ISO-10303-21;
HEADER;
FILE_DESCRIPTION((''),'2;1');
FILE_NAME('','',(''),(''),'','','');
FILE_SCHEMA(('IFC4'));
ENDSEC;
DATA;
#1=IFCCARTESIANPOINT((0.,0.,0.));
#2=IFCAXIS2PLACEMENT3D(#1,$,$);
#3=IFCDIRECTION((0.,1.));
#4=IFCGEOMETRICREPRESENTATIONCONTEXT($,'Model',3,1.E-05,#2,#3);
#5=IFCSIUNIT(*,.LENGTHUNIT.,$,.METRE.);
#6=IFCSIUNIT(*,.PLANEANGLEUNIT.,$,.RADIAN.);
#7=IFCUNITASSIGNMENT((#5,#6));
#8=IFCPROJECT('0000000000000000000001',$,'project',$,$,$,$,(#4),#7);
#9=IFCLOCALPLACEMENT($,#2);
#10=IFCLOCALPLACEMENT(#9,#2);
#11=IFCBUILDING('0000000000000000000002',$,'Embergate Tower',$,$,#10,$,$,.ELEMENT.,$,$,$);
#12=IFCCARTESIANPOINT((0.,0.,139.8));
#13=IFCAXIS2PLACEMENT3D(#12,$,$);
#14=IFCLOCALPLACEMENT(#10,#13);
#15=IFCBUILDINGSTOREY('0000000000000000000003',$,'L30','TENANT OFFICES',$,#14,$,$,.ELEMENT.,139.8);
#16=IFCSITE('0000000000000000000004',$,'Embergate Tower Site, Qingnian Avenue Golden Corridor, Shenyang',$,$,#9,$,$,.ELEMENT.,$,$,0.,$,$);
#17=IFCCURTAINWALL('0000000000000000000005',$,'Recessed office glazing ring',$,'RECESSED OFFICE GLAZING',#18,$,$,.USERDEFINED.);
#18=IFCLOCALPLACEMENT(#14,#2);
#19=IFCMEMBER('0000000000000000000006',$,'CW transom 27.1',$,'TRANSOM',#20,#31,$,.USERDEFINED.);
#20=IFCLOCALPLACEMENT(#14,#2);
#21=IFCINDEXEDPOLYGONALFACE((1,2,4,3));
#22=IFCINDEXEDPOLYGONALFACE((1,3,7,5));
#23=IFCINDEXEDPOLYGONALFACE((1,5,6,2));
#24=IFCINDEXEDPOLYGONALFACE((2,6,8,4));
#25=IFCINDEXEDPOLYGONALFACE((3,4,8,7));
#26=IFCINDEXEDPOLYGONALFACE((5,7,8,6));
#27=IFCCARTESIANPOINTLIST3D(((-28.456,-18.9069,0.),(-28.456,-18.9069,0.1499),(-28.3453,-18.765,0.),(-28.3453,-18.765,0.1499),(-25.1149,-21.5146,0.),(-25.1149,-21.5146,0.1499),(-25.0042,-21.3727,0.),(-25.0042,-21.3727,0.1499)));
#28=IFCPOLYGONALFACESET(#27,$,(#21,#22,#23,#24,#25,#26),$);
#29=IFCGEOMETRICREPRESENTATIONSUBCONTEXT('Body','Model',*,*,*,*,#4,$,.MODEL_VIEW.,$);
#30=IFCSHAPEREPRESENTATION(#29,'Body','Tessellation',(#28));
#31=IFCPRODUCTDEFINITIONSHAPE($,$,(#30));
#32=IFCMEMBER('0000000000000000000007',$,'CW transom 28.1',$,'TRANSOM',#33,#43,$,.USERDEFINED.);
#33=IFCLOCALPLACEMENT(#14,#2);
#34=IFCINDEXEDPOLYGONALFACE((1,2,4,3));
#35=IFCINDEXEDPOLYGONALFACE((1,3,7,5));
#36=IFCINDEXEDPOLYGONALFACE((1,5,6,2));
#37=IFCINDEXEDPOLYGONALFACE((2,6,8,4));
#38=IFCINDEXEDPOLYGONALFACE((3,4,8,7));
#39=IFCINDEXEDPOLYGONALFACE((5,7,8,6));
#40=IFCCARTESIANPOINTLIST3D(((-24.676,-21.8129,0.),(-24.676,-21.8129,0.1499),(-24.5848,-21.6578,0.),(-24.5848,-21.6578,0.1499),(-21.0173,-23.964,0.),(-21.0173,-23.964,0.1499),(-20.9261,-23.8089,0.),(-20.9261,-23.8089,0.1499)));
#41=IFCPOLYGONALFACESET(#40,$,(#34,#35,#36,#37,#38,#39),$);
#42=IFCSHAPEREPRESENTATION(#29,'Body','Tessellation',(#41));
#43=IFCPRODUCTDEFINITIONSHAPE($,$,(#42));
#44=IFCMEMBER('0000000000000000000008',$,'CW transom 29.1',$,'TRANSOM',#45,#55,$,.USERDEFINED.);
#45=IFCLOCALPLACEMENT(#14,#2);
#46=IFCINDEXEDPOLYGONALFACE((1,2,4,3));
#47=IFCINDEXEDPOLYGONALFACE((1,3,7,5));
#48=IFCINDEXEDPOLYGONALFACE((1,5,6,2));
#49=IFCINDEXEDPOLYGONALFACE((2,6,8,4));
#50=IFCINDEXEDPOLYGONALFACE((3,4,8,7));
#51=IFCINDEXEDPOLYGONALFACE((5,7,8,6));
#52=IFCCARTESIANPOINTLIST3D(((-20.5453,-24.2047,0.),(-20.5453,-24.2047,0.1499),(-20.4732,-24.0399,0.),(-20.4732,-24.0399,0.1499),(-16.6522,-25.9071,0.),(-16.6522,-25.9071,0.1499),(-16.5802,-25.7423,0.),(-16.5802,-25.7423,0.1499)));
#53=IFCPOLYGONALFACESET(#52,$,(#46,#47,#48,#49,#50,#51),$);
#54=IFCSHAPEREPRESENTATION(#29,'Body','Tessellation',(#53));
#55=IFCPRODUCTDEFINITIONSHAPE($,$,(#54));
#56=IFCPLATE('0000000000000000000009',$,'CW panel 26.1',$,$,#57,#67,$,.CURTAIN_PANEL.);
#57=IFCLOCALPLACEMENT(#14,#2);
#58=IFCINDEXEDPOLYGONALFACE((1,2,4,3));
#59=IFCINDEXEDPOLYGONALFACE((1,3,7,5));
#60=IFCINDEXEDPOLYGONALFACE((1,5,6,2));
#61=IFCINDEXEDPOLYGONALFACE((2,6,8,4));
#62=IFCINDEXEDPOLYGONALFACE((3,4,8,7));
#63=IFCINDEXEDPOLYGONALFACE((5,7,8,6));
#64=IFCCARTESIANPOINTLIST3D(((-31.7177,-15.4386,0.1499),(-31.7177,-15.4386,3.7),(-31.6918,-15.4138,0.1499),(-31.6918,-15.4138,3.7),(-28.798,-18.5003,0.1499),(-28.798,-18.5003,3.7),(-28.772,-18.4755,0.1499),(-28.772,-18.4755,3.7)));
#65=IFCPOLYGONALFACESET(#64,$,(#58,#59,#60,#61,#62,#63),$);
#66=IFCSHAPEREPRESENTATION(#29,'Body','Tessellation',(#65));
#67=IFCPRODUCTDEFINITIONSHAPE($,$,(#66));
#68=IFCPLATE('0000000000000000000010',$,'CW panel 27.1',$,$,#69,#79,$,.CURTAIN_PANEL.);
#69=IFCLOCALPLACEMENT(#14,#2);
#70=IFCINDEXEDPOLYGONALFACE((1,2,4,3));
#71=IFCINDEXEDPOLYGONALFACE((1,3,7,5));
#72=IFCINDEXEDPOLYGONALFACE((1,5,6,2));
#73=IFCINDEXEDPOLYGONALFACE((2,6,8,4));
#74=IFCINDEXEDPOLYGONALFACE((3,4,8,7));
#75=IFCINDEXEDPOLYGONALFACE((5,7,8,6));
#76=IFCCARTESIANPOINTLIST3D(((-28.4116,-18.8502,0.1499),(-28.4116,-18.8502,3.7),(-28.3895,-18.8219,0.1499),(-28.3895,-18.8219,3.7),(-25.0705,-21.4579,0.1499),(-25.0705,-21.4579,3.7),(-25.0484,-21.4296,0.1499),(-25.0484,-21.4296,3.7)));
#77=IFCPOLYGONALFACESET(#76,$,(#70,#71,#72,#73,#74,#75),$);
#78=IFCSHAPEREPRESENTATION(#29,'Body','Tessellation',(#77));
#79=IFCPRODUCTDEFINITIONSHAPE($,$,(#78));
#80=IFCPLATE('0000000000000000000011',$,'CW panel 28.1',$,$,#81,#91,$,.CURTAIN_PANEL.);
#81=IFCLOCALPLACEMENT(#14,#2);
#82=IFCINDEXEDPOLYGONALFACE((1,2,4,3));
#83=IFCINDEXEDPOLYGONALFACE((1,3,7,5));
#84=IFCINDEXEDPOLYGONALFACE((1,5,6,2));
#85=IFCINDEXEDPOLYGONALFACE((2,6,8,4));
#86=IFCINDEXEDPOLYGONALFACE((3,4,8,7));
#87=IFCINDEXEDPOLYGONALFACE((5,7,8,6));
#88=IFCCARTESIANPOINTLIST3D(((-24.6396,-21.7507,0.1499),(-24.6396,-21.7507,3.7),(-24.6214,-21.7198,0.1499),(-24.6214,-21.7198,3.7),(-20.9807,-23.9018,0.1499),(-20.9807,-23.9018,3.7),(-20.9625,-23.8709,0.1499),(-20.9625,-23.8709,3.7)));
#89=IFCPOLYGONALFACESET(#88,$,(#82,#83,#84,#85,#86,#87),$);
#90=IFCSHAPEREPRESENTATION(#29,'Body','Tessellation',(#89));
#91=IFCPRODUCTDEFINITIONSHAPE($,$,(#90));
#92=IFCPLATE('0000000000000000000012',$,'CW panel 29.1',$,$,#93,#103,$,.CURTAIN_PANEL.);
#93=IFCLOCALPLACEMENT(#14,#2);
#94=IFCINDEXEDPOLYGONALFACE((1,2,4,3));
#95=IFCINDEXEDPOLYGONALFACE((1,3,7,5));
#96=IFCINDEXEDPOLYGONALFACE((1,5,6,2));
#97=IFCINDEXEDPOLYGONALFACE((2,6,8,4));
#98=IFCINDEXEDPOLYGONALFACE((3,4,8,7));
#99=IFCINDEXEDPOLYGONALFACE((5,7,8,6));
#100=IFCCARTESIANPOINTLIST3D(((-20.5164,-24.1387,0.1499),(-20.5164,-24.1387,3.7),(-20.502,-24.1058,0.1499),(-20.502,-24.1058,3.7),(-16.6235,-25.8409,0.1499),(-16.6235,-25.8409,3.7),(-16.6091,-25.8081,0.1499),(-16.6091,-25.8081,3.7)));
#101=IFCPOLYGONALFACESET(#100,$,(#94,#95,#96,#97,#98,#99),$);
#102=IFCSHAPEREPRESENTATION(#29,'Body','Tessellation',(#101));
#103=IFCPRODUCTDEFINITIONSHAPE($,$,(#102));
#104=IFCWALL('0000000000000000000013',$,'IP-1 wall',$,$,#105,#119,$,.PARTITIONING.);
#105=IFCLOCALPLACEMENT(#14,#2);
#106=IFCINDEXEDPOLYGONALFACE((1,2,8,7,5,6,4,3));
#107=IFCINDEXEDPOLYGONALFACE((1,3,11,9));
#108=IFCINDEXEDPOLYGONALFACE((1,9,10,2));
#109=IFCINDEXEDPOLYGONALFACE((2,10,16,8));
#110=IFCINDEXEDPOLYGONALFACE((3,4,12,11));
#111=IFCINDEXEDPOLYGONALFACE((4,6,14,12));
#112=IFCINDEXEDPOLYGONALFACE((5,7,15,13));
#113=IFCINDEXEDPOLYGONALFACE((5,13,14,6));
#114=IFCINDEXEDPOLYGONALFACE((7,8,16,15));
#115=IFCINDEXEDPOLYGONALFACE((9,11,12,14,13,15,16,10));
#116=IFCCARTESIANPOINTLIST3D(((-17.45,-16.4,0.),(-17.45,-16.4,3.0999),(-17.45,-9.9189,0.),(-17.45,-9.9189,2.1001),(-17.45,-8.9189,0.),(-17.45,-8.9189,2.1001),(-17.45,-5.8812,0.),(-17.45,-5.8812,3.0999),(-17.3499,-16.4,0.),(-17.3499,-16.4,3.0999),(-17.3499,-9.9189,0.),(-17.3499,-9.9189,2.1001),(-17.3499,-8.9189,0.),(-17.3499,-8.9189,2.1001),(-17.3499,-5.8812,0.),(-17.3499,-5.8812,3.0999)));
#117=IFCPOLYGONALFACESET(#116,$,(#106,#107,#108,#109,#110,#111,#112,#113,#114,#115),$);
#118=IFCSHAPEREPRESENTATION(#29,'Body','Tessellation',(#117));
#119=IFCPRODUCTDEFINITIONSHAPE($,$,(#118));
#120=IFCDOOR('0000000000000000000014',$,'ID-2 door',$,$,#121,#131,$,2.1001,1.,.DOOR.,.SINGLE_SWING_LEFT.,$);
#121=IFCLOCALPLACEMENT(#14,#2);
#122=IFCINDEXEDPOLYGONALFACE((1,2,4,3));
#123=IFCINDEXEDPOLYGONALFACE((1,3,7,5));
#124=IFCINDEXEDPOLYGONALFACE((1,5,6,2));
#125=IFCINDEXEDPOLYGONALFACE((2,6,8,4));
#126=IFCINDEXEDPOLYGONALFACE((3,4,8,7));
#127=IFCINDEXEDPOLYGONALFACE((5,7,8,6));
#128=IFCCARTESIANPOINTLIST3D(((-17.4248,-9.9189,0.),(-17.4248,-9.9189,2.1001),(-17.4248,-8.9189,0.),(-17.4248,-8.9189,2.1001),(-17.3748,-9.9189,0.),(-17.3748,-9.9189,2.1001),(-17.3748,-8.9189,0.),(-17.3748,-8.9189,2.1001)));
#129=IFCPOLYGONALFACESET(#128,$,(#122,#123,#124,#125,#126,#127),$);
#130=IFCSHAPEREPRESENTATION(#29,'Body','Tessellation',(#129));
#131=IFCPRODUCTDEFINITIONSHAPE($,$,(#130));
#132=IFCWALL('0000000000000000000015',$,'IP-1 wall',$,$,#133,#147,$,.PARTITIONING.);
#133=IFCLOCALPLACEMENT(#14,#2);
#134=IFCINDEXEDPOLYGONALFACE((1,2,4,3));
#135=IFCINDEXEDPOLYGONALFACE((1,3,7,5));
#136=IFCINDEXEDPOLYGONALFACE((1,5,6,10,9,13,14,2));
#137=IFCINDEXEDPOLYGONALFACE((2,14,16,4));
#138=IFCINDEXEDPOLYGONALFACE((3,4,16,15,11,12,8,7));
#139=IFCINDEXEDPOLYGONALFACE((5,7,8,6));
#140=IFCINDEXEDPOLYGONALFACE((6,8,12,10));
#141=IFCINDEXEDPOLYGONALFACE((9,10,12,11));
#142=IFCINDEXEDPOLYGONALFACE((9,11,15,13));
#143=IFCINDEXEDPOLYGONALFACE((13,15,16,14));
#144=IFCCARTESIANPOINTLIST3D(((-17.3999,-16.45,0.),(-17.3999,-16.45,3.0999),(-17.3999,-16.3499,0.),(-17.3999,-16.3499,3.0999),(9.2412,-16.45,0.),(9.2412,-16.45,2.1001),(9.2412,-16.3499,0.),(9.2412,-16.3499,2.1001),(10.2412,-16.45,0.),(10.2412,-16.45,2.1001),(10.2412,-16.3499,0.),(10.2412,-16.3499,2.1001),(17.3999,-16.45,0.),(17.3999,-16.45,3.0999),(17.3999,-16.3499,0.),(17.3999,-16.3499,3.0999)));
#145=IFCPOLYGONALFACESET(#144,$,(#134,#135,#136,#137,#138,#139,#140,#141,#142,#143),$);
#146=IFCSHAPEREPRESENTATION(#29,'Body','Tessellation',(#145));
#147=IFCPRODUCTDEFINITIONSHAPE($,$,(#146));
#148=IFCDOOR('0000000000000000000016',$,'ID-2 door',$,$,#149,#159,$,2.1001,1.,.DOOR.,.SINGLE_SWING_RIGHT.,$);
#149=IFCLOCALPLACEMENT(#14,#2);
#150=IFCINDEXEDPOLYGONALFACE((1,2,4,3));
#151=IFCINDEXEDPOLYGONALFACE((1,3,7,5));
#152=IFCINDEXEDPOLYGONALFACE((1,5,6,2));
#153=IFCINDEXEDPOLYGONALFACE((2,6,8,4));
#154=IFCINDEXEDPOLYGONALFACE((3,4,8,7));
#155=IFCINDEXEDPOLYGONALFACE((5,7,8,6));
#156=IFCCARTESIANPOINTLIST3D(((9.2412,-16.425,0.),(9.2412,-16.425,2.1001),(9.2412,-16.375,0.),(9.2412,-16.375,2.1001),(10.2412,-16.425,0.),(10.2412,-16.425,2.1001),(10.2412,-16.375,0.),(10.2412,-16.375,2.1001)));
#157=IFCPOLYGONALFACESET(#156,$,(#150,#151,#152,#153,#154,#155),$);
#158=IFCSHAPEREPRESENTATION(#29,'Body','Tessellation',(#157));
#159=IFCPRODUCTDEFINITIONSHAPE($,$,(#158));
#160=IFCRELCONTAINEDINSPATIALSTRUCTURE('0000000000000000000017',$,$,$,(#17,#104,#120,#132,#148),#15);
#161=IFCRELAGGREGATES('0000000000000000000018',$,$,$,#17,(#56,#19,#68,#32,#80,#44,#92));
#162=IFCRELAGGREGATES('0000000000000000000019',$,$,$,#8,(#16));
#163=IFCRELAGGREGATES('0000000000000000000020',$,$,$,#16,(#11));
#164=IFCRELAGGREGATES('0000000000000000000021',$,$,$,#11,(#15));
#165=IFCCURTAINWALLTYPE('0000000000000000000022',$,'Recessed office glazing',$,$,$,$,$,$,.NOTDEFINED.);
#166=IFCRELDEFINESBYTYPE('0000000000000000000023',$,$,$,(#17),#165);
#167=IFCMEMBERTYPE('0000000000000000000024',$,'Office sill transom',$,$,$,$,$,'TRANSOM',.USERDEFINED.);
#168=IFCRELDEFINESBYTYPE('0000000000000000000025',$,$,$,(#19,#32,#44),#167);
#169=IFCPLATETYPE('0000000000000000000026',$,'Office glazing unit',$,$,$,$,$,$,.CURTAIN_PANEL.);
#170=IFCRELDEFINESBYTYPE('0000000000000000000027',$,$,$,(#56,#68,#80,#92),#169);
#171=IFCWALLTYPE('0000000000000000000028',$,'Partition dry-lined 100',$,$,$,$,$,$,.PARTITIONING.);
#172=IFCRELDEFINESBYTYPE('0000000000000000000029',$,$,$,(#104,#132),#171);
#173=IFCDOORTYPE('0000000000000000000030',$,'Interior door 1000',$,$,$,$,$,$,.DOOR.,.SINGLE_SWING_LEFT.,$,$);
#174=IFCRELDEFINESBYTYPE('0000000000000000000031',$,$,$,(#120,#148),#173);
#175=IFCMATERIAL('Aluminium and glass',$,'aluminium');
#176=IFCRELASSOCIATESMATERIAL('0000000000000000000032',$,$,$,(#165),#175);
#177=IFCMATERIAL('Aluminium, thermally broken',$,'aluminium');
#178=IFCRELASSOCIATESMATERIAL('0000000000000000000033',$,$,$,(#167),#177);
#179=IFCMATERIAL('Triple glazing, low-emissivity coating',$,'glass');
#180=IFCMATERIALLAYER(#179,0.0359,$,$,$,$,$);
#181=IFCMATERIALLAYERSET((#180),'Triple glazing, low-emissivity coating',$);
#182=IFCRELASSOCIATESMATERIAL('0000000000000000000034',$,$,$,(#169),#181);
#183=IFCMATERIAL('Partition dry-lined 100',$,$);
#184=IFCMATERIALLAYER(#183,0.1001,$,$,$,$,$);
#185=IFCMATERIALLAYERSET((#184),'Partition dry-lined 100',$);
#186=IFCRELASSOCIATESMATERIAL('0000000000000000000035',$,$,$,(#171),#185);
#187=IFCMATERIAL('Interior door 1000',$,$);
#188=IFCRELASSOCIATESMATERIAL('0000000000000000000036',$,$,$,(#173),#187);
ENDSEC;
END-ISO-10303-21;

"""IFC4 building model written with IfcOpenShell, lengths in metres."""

from ifc_helpers import new_model, si_unit, direction, frame, frame_2d, origin, origin_2d, place, context, subcontext, project, spatial, rectangle, extrude, source, transform, mapped, material, layer, layer_set, material_profile, profile_set, type_object, element, fill, aggregate, save


model = new_model("IFC4")

# Units and contexts
model_context = context("Model", 3, precision=1e-05, world=origin(), true_north=direction((0.0, 1.0)))
body_context = subcontext(model_context, "Body", "Model", "MODEL_VIEW")
ifc_project = project(units=[si_unit("LENGTHUNIT", "METRE"), si_unit("PLANEANGLEUNIT", "RADIAN")], contexts=[model_context])

# Site, building, storey
site_placement = place(None, origin())
site = spatial("IfcSite", under=ifc_project, at=site_placement, Name="Embergate Tower Site, Qingnian Avenue Golden Corridor, Shenyang", CompositionType="ELEMENT", RefElevation=0.0)
building_placement = place(site_placement, origin())
building = spatial("IfcBuilding", under=site, at=building_placement, Name="Embergate Tower", CompositionType="ELEMENT")
storey_placement = place(building_placement, frame((0.0, 0.0, 139.8)))
storey = spatial("IfcBuildingStorey", under=building, at=storey_placement, Name="L30", Description="TENANT OFFICES", CompositionType="ELEMENT", Elevation=139.8)

# Curtain wall, members, plates
ifc_material_1 = material(Name="Aluminium and glass", Category="aluminium")
curtain_wall_type = type_object("IfcCurtainWallType", Name="Recessed office glazing", PredefinedType="NOTDEFINED", material=ifc_material_1)
curtain_wall_placement = place(storey_placement, origin())
curtain_wall = element("IfcCurtainWall", 1, at=curtain_wall_placement, inside=storey, type_object=curtain_wall_type, Name="Recessed office glazing ring", ObjectType="RECESSED OFFICE GLAZING", PredefinedType="USERDEFINED")
ifc_material_2 = material(Name="Aluminium, thermally broken", Category="aluminium")
ifc_material_profile_1 = material_profile(ifc_material_2, rectangle(XDim=0.1799, YDim=0.1499, at=origin_2d()), Name="AL 150x180")
ifc_profile_set_1 = profile_set([ifc_material_profile_1], Name="Aluminium, thermally broken")
member_type_1 = type_object("IfcMemberType", Name="Office sill transom", ElementType="TRANSOM", PredefinedType="USERDEFINED", material=ifc_profile_set_1)
shared_shape_1 = source(origin(), body_context, "Body", "SweptSolid", [
    extrude(rectangle(XDim=0.1799, YDim=0.1499, at=origin_2d()), origin(), (0.0, 0.0, 1.0), 4.2383),
])
member_1_placement = place(storey_placement, frame((-28.4006, -18.8359, 0.075), z_axis=(0.788315, -0.615272, 0.0), x_axis=(0.615272, 0.788315, 0.0)))
member_1 = element("IfcMember", 2, at=member_1_placement, type_object=member_type_1, Name="CW transom 27.1", ObjectType="TRANSOM", PredefinedType="USERDEFINED", context=body_context, shape_type="MappedRepresentation", body=[
    mapped(shared_shape_1, transform((0.0, 0.0, 0.0))),
])
shared_shape_2 = source(origin(), body_context, "Body", "SweptSolid", [
    extrude(rectangle(XDim=0.1799, YDim=0.1499, at=origin_2d()), origin(), (0.0, 0.0, 1.0), 4.2441),
])
member_2_placement = place(storey_placement, frame((-24.6304, -21.7354, 0.075), z_axis=(0.862042, -0.506837, 0.0), x_axis=(0.506837, 0.862042, 0.0)))
member_2 = element("IfcMember", 3, at=member_2_placement, type_object=member_type_1, Name="CW transom 28.1", ObjectType="TRANSOM", PredefinedType="USERDEFINED", context=body_context, shape_type="MappedRepresentation", body=[
    mapped(shared_shape_2, transform((0.0, 0.0, 0.0))),
])
shared_shape_3 = source(origin(), body_context, "Body", "SweptSolid", [
    extrude(rectangle(XDim=0.1799, YDim=0.1499, at=origin_2d()), origin(), (0.0, 0.0, 1.0), 4.249),
])
member_3_placement = place(storey_placement, frame((-20.5093, -24.1223, 0.075), z_axis=(0.916229, -0.400656, 0.0), x_axis=(0.400656, 0.916229, 0.0)))
member_3 = element("IfcMember", 4, at=member_3_placement, type_object=member_type_1, Name="CW transom 29.1", ObjectType="TRANSOM", PredefinedType="USERDEFINED", context=body_context, shape_type="MappedRepresentation", body=[
    mapped(shared_shape_3, transform((0.0, 0.0, 0.0))),
])
ifc_material_3 = material(Name="Triple glazing, low-emissivity coating", Category="glass")
ifc_layer_1 = layer(ifc_material_3, 0.0359)
ifc_layer_set_1 = layer_set([ifc_layer_1], Name="Triple glazing, low-emissivity coating")
plate_type = type_object("IfcPlateType", Name="Office glazing unit", PredefinedType="CURTAIN_PANEL", material=ifc_layer_set_1)
shared_shape_4 = source(origin(), body_context, "Body", "SweptSolid", [
    extrude(rectangle(XDim=4.2307, YDim=0.0359, at=origin_2d()), origin(), (0.0, 0.0, 1.0), 3.55),
])
plate_1_placement = place(storey_placement, frame((-30.2449, -16.957, 0.1499), z_axis=(0.0, 0.0, 1.0), x_axis=(0.690138, -0.723678, 0.0)))
plate_1 = element("IfcPlate", 5, at=plate_1_placement, type_object=plate_type, Name="CW panel 26.1", PredefinedType="CURTAIN_PANEL", context=body_context, shape_type="MappedRepresentation", body=[
    mapped(shared_shape_4, transform((0.0, 0.0, 0.0))),
])
shared_shape_5 = source(origin(), body_context, "Body", "SweptSolid", [
    extrude(rectangle(XDim=4.2383, YDim=0.0359, at=origin_2d()), origin(), (0.0, 0.0, 1.0), 3.55),
])
plate_2_placement = place(storey_placement, frame((-26.73, -20.1399, 0.1499), z_axis=(0.0, 0.0, 1.0), x_axis=(0.788322, -0.615263, 0.0)))
plate_2 = element("IfcPlate", 6, at=plate_2_placement, type_object=plate_type, Name="CW panel 27.1", PredefinedType="CURTAIN_PANEL", context=body_context, shape_type="MappedRepresentation", body=[
    mapped(shared_shape_5, transform((0.0, 0.0, 0.0))),
])
shared_shape_6 = source(origin(), body_context, "Body", "SweptSolid", [
    extrude(rectangle(XDim=4.2444, YDim=0.0359, at=origin_2d()), origin(), (0.0, 0.0, 1.0), 3.55),
])
plate_3_placement = place(storey_placement, frame((-22.801, -22.8108, 0.1499), z_axis=(0.0, 0.0, 1.0), x_axis=(0.862055, -0.506815, 0.0)))
plate_3 = element("IfcPlate", 7, at=plate_3_placement, type_object=plate_type, Name="CW panel 28.1", PredefinedType="CURTAIN_PANEL", context=body_context, shape_type="MappedRepresentation", body=[
    mapped(shared_shape_6, transform((0.0, 0.0, 0.0))),
])
shared_shape_7 = source(origin(), body_context, "Body", "SweptSolid", [
    extrude(rectangle(XDim=4.2488, YDim=0.0359, at=origin_2d()), origin(), (0.0, 0.0, 1.0), 3.55),
])
plate_4_placement = place(storey_placement, frame((-18.5627, -24.9734, 0.1499), z_axis=(0.0, 0.0, 1.0), x_axis=(0.916237, -0.400637, 0.0)))
plate_4 = element("IfcPlate", 8, at=plate_4_placement, type_object=plate_type, Name="CW panel 29.1", PredefinedType="CURTAIN_PANEL", context=body_context, shape_type="MappedRepresentation", body=[
    mapped(shared_shape_7, transform((0.0, 0.0, 0.0))),
])
aggregate(curtain_wall, [plate_1, member_1, plate_2, member_2, plate_3, member_3, plate_4])

# Walls, openings, doors
ifc_material_4 = material(Name="Partition dry-lined 100")
ifc_layer_2 = layer(ifc_material_4, 0.1001)
ifc_layer_set_2 = layer_set([ifc_layer_2], Name="Partition dry-lined 100")
wall_type = type_object("IfcWallType", Name="Partition dry-lined 100", PredefinedType="PARTITIONING", material=ifc_layer_set_2)
shared_shape_8 = source(origin(), body_context, "Body", "SweptSolid", [
    extrude(rectangle(XDim=10.5188, YDim=0.1001, at=frame_2d((5.2593, 0.0))), origin(), (0.0, 0.0, 1.0), 3.0999),
])
wall_1_placement = place(storey_placement, frame((-17.3999, -16.3999, 0.0), z_axis=(0.0, 0.0, 1.0), x_axis=(0.0, 1.0, 0.0)))
wall_1 = element("IfcWall", 9, at=wall_1_placement, inside=storey, type_object=wall_type, Name="IP-1 wall", PredefinedType="PARTITIONING", context=body_context, shape_type="MappedRepresentation", body=[
    mapped(shared_shape_8, transform((0.0, 0.0, 0.0))),
])
shared_shape_9 = source(origin(), body_context, "Body", "SweptSolid", [
    extrude(rectangle(XDim=1.0, YDim=2.1001, at=frame_2d((0.5, 1.05))), frame((0.0, 0.0601, 0.0), z_axis=(0.0, -1.0, 0.0), x_axis=(1.0, 0.0, 0.0)), (0.0, 0.0, 1.0), 0.1201),
])
opening_1_placement = place(wall_1_placement, frame((6.481, 0.0, 0.0)))
opening_1 = element("IfcOpeningElement", 10, at=opening_1_placement, cuts=wall_1, PredefinedType="OPENING", context=body_context, shape_type="MappedRepresentation", body=[
    mapped(shared_shape_9, transform((0.0, 0.0, 0.0))),
])
ifc_material_5 = material(Name="Interior door 1000")
door_type = type_object("IfcDoorType", Name="Interior door 1000", OperationType="SINGLE_SWING_LEFT", PredefinedType="DOOR", material=ifc_material_5)
shared_shape_10 = source(origin(), body_context, "Body", "SweptSolid", [
    extrude(rectangle(XDim=1.0, YDim=2.1001, at=frame_2d((0.5, 1.05))), frame((0.0, 0.0249, 0.0), z_axis=(0.0, -1.0, 0.0), x_axis=(1.0, 0.0, 0.0)), (0.0, 0.0, 1.0), 0.05),
])
door_1_placement = place(opening_1_placement, origin())
door_1 = element("IfcDoor", 11, at=door_1_placement, inside=storey, type_object=door_type, Name="ID-2 door", OperationType="SINGLE_SWING_LEFT", OverallHeight=2.1001, OverallWidth=1.0, PredefinedType="DOOR", context=body_context, shape_type="MappedRepresentation", body=[
    mapped(shared_shape_10, transform((0.0, 0.0, 0.0))),
])
fill(opening_1, door_1)
shared_shape_11 = source(origin(), body_context, "Body", "SweptSolid", [
    extrude(rectangle(XDim=34.7998, YDim=0.1001, at=frame_2d((17.3999, 0.0))), origin(), (0.0, 0.0, 1.0), 3.0999),
])
wall_2_placement = place(storey_placement, frame((-17.3999, -16.3999, 0.0), z_axis=(0.0, 0.0, 1.0), x_axis=(1.0, 0.0, 0.0)))
wall_2 = element("IfcWall", 12, at=wall_2_placement, inside=storey, type_object=wall_type, Name="IP-1 wall", PredefinedType="PARTITIONING", context=body_context, shape_type="MappedRepresentation", body=[
    mapped(shared_shape_11, transform((0.0, 0.0, 0.0))),
])
opening_2_placement = place(wall_2_placement, frame((26.6411, 0.0, 0.0)))
opening_2 = element("IfcOpeningElement", 13, at=opening_2_placement, cuts=wall_2, PredefinedType="OPENING", context=body_context, shape_type="MappedRepresentation", body=[
    mapped(shared_shape_9, transform((0.0, 0.0, 0.0))),
])
door_2_placement = place(opening_2_placement, origin())
door_2 = element("IfcDoor", 14, at=door_2_placement, inside=storey, type_object=door_type, Name="ID-2 door", OperationType="SINGLE_SWING_RIGHT", OverallHeight=2.1001, OverallWidth=1.0, PredefinedType="DOOR", context=body_context, shape_type="MappedRepresentation", body=[
    mapped(shared_shape_10, transform((0.0, 0.0, 0.0))),
])
fill(opening_2, door_2)

save(model, "model.ifc")
